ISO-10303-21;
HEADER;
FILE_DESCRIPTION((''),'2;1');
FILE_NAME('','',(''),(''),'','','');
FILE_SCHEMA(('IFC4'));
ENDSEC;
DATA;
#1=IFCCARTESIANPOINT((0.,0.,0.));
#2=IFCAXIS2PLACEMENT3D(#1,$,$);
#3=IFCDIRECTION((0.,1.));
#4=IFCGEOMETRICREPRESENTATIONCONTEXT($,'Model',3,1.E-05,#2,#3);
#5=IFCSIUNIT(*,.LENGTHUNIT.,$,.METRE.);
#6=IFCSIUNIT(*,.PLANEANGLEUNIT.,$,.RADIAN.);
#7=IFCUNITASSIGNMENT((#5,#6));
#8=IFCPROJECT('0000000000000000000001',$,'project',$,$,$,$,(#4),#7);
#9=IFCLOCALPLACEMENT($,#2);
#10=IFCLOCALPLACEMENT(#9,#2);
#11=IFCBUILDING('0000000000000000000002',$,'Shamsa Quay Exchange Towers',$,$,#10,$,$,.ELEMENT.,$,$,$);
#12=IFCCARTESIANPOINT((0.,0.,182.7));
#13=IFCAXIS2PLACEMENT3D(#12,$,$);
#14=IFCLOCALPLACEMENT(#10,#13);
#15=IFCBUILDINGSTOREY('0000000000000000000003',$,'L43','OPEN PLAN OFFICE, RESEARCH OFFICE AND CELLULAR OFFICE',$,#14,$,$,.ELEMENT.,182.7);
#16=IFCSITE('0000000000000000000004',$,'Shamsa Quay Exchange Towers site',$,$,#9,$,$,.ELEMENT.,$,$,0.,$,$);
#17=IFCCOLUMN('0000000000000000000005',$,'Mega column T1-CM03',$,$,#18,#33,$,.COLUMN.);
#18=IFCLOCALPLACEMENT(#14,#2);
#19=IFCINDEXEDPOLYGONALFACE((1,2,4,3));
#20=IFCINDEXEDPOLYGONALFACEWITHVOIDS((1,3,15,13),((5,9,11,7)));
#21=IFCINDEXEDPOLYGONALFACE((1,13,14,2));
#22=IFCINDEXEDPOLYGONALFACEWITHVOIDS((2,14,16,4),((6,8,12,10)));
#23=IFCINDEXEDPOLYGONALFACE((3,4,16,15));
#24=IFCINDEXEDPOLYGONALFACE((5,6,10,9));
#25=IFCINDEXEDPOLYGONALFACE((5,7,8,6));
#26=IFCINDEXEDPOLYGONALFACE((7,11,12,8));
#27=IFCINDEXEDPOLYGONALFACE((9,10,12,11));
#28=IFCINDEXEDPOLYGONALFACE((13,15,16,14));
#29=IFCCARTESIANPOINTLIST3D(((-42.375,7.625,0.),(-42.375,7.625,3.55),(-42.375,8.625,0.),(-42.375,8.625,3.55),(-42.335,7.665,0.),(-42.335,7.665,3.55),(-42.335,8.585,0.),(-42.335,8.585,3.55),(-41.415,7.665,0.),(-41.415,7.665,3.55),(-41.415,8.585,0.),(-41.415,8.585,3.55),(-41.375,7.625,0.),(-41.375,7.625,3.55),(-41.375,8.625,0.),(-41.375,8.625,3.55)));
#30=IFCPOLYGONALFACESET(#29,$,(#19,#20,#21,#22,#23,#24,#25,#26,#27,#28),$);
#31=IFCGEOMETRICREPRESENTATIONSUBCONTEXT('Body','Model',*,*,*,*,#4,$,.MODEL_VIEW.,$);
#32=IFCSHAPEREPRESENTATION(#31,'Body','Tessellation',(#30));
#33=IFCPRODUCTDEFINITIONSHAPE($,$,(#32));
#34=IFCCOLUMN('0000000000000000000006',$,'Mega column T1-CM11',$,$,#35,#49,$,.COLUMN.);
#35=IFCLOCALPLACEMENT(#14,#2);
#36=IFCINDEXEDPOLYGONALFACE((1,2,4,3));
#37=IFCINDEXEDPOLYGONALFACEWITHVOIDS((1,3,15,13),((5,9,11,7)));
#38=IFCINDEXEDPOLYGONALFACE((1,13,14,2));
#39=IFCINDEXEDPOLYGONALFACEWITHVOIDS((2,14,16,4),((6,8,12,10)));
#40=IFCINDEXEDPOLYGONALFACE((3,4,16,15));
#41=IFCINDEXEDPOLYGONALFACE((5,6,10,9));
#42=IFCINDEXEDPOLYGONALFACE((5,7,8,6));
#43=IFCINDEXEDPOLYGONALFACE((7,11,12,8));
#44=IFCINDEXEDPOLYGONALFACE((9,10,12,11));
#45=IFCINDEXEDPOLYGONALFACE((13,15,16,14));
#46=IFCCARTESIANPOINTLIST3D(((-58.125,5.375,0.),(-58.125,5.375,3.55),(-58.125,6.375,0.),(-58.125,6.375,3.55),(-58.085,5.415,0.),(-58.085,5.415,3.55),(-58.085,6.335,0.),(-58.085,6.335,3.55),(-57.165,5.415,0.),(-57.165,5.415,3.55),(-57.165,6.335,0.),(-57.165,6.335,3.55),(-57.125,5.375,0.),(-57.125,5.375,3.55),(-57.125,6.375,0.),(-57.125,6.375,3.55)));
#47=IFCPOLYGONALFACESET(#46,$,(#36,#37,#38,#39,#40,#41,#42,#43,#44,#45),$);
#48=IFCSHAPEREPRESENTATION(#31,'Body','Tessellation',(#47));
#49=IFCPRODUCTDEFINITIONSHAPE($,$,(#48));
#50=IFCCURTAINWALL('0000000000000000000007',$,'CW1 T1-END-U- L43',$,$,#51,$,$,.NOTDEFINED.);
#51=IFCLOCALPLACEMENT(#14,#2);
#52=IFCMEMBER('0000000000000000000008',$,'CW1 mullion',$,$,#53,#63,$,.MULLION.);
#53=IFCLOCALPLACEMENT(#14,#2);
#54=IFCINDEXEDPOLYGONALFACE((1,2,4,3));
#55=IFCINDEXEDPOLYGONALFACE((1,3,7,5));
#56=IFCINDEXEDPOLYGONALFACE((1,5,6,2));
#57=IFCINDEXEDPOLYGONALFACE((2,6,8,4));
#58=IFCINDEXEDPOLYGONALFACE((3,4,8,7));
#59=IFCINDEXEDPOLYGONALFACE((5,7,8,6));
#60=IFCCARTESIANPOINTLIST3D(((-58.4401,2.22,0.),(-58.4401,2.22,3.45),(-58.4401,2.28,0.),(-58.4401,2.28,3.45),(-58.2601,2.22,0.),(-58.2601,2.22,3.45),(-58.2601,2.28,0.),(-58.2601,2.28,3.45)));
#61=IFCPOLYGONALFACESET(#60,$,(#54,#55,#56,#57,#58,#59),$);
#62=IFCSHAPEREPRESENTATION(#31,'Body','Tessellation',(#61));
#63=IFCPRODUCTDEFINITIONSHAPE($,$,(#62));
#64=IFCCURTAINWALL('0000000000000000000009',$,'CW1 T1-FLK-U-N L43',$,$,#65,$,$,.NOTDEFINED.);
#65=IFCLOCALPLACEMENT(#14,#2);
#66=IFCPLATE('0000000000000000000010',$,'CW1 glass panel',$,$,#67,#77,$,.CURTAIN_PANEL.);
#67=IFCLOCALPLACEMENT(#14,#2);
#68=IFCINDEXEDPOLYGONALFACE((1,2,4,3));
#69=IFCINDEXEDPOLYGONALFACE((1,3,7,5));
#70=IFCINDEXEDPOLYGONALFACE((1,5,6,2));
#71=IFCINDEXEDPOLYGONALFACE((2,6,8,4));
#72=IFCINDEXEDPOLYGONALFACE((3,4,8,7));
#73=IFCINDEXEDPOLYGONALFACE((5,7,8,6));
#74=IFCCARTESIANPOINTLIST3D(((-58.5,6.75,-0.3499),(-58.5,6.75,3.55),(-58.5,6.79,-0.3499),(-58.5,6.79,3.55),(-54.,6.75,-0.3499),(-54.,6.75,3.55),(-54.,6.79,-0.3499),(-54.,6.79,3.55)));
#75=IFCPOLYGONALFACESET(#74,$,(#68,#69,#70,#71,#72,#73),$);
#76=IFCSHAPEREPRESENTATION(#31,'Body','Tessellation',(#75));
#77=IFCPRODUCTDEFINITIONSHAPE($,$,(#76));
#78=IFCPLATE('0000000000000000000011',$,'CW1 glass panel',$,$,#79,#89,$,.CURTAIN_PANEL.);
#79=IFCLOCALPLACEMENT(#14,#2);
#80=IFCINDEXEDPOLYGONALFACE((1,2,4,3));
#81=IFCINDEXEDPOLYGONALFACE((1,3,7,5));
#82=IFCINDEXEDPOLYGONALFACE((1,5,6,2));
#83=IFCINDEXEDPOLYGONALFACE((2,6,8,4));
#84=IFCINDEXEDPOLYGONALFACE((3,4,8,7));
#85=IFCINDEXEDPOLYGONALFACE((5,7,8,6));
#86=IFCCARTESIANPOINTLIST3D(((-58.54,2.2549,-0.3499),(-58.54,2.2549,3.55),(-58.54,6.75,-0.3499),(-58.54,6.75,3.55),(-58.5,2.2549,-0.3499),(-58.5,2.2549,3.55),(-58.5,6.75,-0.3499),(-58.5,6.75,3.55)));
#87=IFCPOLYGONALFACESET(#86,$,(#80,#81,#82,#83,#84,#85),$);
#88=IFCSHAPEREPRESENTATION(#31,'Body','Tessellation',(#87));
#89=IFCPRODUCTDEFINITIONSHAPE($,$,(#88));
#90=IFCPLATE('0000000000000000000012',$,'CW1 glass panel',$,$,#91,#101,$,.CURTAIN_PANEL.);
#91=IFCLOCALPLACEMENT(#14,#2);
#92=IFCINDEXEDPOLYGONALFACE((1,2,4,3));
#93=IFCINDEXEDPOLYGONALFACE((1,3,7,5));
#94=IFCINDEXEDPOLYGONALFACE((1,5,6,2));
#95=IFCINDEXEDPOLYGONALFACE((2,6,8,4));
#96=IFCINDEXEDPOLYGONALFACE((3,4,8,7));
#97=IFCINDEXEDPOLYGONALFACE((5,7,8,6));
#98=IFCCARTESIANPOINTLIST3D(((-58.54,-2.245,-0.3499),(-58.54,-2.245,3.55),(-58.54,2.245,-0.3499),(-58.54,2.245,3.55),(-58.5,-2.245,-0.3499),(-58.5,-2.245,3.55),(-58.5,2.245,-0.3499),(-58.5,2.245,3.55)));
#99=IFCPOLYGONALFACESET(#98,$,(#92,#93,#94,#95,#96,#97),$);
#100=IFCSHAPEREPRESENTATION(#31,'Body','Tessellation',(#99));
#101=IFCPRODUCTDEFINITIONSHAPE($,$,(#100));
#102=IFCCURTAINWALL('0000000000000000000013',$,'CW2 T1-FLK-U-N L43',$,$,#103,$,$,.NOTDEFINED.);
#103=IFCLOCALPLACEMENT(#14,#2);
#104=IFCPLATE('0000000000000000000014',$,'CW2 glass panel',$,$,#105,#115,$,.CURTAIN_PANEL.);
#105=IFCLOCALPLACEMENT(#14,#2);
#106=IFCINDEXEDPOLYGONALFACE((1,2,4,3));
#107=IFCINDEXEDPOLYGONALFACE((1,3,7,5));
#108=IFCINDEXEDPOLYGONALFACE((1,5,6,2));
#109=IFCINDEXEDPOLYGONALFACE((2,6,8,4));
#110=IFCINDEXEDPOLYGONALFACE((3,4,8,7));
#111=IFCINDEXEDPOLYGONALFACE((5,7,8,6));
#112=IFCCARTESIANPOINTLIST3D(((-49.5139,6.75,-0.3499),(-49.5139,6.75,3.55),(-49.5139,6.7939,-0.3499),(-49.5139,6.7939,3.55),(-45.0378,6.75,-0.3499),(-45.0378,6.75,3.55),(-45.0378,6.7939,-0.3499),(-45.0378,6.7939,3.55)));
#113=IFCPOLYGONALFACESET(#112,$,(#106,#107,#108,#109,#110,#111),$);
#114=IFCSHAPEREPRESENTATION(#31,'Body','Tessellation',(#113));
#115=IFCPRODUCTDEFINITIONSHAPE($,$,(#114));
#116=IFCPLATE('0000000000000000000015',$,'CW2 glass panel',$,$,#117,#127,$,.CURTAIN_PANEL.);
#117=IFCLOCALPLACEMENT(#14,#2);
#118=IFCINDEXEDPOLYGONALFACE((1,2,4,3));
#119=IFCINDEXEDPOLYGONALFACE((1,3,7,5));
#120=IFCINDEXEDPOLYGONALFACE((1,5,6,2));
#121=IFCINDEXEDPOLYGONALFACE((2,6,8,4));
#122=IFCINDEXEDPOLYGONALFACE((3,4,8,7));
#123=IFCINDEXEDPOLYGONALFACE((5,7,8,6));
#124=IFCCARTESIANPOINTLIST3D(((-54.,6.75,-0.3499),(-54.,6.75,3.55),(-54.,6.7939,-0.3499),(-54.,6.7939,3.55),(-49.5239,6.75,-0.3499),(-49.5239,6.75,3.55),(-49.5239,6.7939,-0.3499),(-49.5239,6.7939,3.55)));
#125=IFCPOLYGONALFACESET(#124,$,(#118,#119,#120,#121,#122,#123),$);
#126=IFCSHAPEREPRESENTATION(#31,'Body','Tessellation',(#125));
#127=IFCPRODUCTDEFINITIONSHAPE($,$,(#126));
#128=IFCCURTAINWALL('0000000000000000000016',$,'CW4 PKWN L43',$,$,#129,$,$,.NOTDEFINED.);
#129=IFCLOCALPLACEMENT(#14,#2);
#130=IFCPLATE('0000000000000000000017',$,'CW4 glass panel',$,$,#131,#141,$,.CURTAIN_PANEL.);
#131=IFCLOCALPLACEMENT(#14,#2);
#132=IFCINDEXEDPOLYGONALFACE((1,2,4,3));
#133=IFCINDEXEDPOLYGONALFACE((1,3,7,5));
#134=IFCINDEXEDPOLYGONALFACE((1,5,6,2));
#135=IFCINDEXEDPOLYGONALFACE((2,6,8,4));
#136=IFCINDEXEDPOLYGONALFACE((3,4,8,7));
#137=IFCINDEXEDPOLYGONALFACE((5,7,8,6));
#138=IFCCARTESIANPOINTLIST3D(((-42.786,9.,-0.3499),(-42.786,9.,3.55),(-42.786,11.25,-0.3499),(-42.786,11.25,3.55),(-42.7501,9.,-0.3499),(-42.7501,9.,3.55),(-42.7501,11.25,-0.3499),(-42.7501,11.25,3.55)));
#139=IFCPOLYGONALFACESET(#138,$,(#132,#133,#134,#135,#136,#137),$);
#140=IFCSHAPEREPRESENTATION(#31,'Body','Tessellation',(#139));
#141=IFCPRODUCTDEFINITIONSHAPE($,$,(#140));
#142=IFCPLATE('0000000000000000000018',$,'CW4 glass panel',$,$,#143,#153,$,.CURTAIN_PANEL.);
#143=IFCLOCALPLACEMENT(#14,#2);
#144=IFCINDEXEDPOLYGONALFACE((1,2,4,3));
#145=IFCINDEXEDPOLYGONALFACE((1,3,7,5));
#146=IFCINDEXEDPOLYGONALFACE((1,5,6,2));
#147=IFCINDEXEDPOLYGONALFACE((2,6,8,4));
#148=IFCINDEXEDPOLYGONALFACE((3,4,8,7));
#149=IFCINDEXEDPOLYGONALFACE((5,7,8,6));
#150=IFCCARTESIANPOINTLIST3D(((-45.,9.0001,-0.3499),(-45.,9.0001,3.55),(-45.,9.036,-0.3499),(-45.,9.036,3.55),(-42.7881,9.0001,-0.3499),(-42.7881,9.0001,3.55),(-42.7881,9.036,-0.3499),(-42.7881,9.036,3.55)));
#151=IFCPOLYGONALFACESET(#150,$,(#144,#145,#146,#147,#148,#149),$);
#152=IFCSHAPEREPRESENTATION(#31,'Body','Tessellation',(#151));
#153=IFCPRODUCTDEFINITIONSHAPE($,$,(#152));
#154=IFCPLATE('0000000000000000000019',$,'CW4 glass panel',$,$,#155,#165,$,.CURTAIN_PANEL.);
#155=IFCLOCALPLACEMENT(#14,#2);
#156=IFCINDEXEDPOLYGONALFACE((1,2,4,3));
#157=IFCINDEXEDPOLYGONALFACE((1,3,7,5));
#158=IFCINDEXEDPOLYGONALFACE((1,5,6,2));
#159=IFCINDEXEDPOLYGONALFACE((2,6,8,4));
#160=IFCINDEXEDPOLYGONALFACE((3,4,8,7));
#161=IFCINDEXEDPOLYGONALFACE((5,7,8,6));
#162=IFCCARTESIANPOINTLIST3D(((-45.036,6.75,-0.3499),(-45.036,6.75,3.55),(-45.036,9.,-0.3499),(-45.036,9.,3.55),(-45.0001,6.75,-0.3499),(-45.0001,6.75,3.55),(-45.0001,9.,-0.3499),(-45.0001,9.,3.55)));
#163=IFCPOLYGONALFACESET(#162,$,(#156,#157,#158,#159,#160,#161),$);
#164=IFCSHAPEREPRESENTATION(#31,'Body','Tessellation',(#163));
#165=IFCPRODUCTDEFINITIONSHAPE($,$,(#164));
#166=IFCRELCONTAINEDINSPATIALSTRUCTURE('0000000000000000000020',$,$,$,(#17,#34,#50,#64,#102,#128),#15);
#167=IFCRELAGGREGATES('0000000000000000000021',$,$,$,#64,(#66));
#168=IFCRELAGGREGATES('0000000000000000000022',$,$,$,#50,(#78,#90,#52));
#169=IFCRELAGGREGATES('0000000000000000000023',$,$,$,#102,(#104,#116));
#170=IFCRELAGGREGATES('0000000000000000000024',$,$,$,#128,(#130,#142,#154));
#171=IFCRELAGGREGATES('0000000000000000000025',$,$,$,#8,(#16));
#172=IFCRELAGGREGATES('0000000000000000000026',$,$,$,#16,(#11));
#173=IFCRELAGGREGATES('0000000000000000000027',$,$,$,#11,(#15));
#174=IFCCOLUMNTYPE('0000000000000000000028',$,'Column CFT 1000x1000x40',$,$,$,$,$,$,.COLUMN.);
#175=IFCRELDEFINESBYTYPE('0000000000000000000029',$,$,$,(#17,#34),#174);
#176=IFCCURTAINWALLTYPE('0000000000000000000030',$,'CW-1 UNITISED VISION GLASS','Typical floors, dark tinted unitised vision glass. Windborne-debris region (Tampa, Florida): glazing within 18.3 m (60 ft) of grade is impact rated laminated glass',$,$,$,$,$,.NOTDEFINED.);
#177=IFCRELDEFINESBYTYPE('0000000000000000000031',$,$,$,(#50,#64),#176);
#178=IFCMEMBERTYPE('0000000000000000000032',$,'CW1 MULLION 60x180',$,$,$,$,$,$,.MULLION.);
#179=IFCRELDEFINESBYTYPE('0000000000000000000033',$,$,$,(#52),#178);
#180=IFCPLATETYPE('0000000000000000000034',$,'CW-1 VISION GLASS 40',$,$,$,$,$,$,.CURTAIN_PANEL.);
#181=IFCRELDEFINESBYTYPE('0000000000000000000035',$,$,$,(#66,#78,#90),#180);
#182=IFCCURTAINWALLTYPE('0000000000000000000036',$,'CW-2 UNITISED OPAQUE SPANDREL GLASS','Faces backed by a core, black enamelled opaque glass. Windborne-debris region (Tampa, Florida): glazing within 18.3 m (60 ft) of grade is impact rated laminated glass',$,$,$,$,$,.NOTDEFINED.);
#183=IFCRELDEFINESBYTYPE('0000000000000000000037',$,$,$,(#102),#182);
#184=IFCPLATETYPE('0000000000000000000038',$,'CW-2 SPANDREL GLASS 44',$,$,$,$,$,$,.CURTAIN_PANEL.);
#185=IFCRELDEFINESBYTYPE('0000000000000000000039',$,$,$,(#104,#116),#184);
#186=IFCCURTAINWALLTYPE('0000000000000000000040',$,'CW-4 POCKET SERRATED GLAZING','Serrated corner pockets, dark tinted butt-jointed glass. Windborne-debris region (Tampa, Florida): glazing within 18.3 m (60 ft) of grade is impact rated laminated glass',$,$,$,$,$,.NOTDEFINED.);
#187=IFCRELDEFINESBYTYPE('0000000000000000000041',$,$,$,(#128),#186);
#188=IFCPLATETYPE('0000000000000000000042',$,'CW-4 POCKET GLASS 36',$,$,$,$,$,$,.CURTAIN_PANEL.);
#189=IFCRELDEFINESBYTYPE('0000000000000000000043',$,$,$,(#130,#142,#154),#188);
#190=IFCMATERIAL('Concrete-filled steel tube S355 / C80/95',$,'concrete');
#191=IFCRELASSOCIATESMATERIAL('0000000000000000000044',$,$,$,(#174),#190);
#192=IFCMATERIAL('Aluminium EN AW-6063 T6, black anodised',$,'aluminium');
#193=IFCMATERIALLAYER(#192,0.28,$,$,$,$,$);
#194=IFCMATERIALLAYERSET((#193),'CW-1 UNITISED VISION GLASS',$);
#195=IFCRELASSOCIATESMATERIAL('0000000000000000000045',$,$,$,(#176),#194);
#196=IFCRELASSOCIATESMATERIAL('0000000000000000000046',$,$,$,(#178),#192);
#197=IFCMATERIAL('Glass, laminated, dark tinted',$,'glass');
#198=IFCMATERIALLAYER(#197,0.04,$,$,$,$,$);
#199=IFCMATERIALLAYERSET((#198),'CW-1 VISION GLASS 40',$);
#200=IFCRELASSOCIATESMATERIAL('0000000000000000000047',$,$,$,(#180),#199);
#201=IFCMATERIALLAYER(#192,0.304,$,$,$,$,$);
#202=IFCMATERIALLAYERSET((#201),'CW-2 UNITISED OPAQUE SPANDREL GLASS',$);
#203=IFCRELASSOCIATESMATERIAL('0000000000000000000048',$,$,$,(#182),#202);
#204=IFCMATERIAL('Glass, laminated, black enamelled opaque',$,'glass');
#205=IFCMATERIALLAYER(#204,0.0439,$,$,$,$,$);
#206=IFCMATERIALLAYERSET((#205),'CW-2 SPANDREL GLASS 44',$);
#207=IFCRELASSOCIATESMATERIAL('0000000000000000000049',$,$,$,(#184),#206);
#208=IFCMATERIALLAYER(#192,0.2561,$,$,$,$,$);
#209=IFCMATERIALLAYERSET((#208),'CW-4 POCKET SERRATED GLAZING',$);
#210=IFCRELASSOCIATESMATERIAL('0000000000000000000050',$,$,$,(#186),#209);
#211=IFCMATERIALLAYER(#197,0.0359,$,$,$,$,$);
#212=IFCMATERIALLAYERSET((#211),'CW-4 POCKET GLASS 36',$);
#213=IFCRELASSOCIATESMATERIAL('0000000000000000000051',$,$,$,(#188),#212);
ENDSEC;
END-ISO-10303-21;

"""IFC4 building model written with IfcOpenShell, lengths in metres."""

from ifc_helpers import new_model, si_unit, direction, frame, origin, origin_2d, place, context, subcontext, project, spatial, rectangle, hollow_rectangle, extrude, material, layer, layer_set, material_profile, profile_set, type_object, element, aggregate, save


model = new_model("IFC4")

# Units and contexts
model_context = context("Model", 3, precision=1e-05, world=origin(), true_north=direction((0.0, 1.0)))
body_context = subcontext(model_context, "Body", "Model", "MODEL_VIEW")
ifc_project = project(units=[si_unit("LENGTHUNIT", "METRE"), si_unit("PLANEANGLEUNIT", "RADIAN")], contexts=[model_context])

# Site, building, storey
site_placement = place(None, origin())
site = spatial("IfcSite", under=ifc_project, at=site_placement, Name="Shamsa Quay Exchange Towers site", CompositionType="ELEMENT", RefElevation=0.0)
building_placement = place(site_placement, origin())
building = spatial("IfcBuilding", under=site, at=building_placement, Name="Shamsa Quay Exchange Towers", CompositionType="ELEMENT")
storey_placement = place(building_placement, frame((0.0, 0.0, 182.7)))
storey = spatial("IfcBuildingStorey", under=building, at=storey_placement, Name="L43", Description="OPEN PLAN OFFICE, RESEARCH OFFICE AND CELLULAR OFFICE", CompositionType="ELEMENT", Elevation=182.7)

# Columns
ifc_material_1 = material(Name="Concrete-filled steel tube S355 / C80/95", Category="concrete")
ifc_material_profile_1 = material_profile(ifc_material_1, hollow_rectangle(XDim=1.0, YDim=1.0, WallThickness=0.04, at=origin_2d()), Name="CFT 1000x1000x40")
ifc_profile_set_1 = profile_set([ifc_material_profile_1], Name="Concrete-filled steel tube S355 / C80/95")
column_type = type_object("IfcColumnType", Name="Column CFT 1000x1000x40", PredefinedType="COLUMN", material=ifc_profile_set_1)
for number, where, name in (
    (1, (-41.875, 8.125, 0.0), "Mega column T1-CM03"),
    (2, (-57.625, 5.875, 0.0), "Mega column T1-CM11"),
):
    element("IfcColumn", number, at=place(storey_placement, frame(where)), inside=storey, type_object=column_type, Name=name, PredefinedType="COLUMN", context=body_context, shape_type="SweptSolid", body=[
        extrude(hollow_rectangle(XDim=1.0, YDim=1.0, WallThickness=0.04, at=origin_2d()), origin(), (0.0, 0.0, 1.0), 3.55),
    ])

# Curtain wall, member
ifc_material_2 = material(Name="Aluminium EN AW-6063 T6, black anodised", Category="aluminium")
ifc_layer_1 = layer(ifc_material_2, 0.28)
ifc_layer_set_1 = layer_set([ifc_layer_1], Name="CW-1 UNITISED VISION GLASS")
curtain_wall_type_1 = type_object("IfcCurtainWallType", Name="CW-1 UNITISED VISION GLASS", Description="Typical floors, dark tinted unitised vision glass. Windborne-debris region (Tampa, Florida): glazing within 18.3 m (60 ft) of grade is impact rated laminated glass", PredefinedType="NOTDEFINED", material=ifc_layer_set_1)
curtain_wall_1_placement = place(storey_placement, origin())
curtain_wall_1 = element("IfcCurtainWall", 3, at=curtain_wall_1_placement, inside=storey, type_object=curtain_wall_type_1, Name="CW1 T1-END-U- L43", PredefinedType="NOTDEFINED")
ifc_material_profile_2 = material_profile(ifc_material_2, rectangle(XDim=0.1799, YDim=0.0601, at=origin_2d()), Name="MU60x180")
ifc_profile_set_2 = profile_set([ifc_material_profile_2], Name="Aluminium EN AW-6063 T6, black anodised")
member_type = type_object("IfcMemberType", Name="CW1 MULLION 60x180", PredefinedType="MULLION", material=ifc_profile_set_2)
member_placement = place(storey_placement, frame((-58.3501, 2.25, 0.0)))
member = element("IfcMember", 4, at=member_placement, type_object=member_type, Name="CW1 mullion", PredefinedType="MULLION", context=body_context, shape_type="SweptSolid", body=[
    extrude(rectangle(XDim=0.1799, YDim=0.0601, at=origin_2d()), origin(), (0.0, 0.0, 1.0), 3.45),
])

# Curtain wall, plate
curtain_wall_2_placement = place(storey_placement, origin())
curtain_wall_2 = element("IfcCurtainWall", 5, at=curtain_wall_2_placement, inside=storey, type_object=curtain_wall_type_1, Name="CW1 T1-FLK-U-N L43", PredefinedType="NOTDEFINED")
ifc_material_3 = material(Name="Glass, laminated, dark tinted", Category="glass")
ifc_layer_2 = layer(ifc_material_3, 0.04)
ifc_layer_set_2 = layer_set([ifc_layer_2], Name="CW-1 VISION GLASS 40")
plate_type_1 = type_object("IfcPlateType", Name="CW-1 VISION GLASS 40", PredefinedType="CURTAIN_PANEL", material=ifc_layer_set_2)
plate_1_placement = place(storey_placement, frame((-56.25, 6.77, -0.3499), z_axis=(0.0, 0.0, 1.0), x_axis=(-1.0, 0.0, 0.0)))
plate_1 = element("IfcPlate", 6, at=plate_1_placement, type_object=plate_type_1, Name="CW1 glass panel", PredefinedType="CURTAIN_PANEL", context=body_context, shape_type="SweptSolid", body=[
    extrude(rectangle(XDim=4.5, YDim=0.04, at=origin_2d()), origin(), (0.0, 0.0, 1.0), 3.8999),
])
aggregate(curtain_wall_2, [plate_1])

# Plates
plate_2_placement = place(storey_placement, frame((-58.52, 4.5024, -0.3499), z_axis=(0.0, 0.0, 1.0), x_axis=(0.0, -1.0, 0.0)))
plate_2 = element("IfcPlate", 7, at=plate_2_placement, type_object=plate_type_1, Name="CW1 glass panel", PredefinedType="CURTAIN_PANEL", context=body_context, shape_type="SweptSolid", body=[
    extrude(rectangle(XDim=4.4951, YDim=0.04, at=origin_2d()), origin(), (0.0, 0.0, 1.0), 3.8999),
])
plate_3_placement = place(storey_placement, frame((-58.52, 0.0, -0.3499), z_axis=(0.0, 0.0, 1.0), x_axis=(0.0, -1.0, 0.0)))
plate_3 = element("IfcPlate", 8, at=plate_3_placement, type_object=plate_type_1, Name="CW1 glass panel", PredefinedType="CURTAIN_PANEL", context=body_context, shape_type="SweptSolid", body=[
    extrude(rectangle(XDim=4.49, YDim=0.04, at=origin_2d()), origin(), (0.0, 0.0, 1.0), 3.8999),
])
aggregate(curtain_wall_1, [plate_2, plate_3, member])

# Curtain walls, plates
ifc_layer_3 = layer(ifc_material_2, 0.304)
ifc_layer_set_3 = layer_set([ifc_layer_3], Name="CW-2 UNITISED OPAQUE SPANDREL GLASS")
curtain_wall_type_2 = type_object("IfcCurtainWallType", Name="CW-2 UNITISED OPAQUE SPANDREL GLASS", Description="Faces backed by a core, black enamelled opaque glass. Windborne-debris region (Tampa, Florida): glazing within 18.3 m (60 ft) of grade is impact rated laminated glass", PredefinedType="NOTDEFINED", material=ifc_layer_set_3)
curtain_wall_3_placement = place(storey_placement, origin())
curtain_wall_3 = element("IfcCurtainWall", 9, at=curtain_wall_3_placement, inside=storey, type_object=curtain_wall_type_2, Name="CW2 T1-FLK-U-N L43", PredefinedType="NOTDEFINED")
ifc_material_4 = material(Name="Glass, laminated, black enamelled opaque", Category="glass")
ifc_layer_4 = layer(ifc_material_4, 0.0439)
ifc_layer_set_4 = layer_set([ifc_layer_4], Name="CW-2 SPANDREL GLASS 44")
plate_type_2 = type_object("IfcPlateType", Name="CW-2 SPANDREL GLASS 44", PredefinedType="CURTAIN_PANEL", material=ifc_layer_set_4)
plate_4_placement = place(storey_placement, frame((-47.2759, 6.772, -0.3499), z_axis=(0.0, 0.0, 1.0), x_axis=(-1.0, 0.0, 0.0)))
plate_4 = element("IfcPlate", 10, at=plate_4_placement, type_object=plate_type_2, Name="CW2 glass panel", PredefinedType="CURTAIN_PANEL", context=body_context, shape_type="SweptSolid", body=[
    extrude(rectangle(XDim=4.4761, YDim=0.0439, at=origin_2d()), origin(), (0.0, 0.0, 1.0), 3.8999),
])
plate_5_placement = place(storey_placement, frame((-51.762, 6.772, -0.3499), z_axis=(0.0, 0.0, 1.0), x_axis=(-1.0, 0.0, 0.0)))
plate_5 = element("IfcPlate", 11, at=plate_5_placement, type_object=plate_type_2, Name="CW2 glass panel", PredefinedType="CURTAIN_PANEL", context=body_context, shape_type="SweptSolid", body=[
    extrude(rectangle(XDim=4.4761, YDim=0.0439, at=origin_2d()), origin(), (0.0, 0.0, 1.0), 3.8999),
])
aggregate(curtain_wall_3, [plate_4, plate_5])
ifc_layer_5 = layer(ifc_material_2, 0.2561)
ifc_layer_set_5 = layer_set([ifc_layer_5], Name="CW-4 POCKET SERRATED GLAZING")
curtain_wall_type_3 = type_object("IfcCurtainWallType", Name="CW-4 POCKET SERRATED GLAZING", Description="Serrated corner pockets, dark tinted butt-jointed glass. Windborne-debris region (Tampa, Florida): glazing within 18.3 m (60 ft) of grade is impact rated laminated glass", PredefinedType="NOTDEFINED", material=ifc_layer_set_5)
curtain_wall_4_placement = place(storey_placement, origin())
curtain_wall_4 = element("IfcCurtainWall", 12, at=curtain_wall_4_placement, inside=storey, type_object=curtain_wall_type_3, Name="CW4 PKWN L43", PredefinedType="NOTDEFINED")
ifc_layer_6 = layer(ifc_material_3, 0.0359)
ifc_layer_set_6 = layer_set([ifc_layer_6], Name="CW-4 POCKET GLASS 36")
plate_type_3 = type_object("IfcPlateType", Name="CW-4 POCKET GLASS 36", PredefinedType="CURTAIN_PANEL", material=ifc_layer_set_6)
plate_6_placement = place(storey_placement, frame((-42.7681, 10.125, -0.3499), z_axis=(0.0, 0.0, 1.0), x_axis=(0.0, -1.0, 0.0)))
plate_6 = element("IfcPlate", 13, at=plate_6_placement, type_object=plate_type_3, Name="CW4 glass panel", PredefinedType="CURTAIN_PANEL", context=body_context, shape_type="SweptSolid", body=[
    extrude(rectangle(XDim=2.25, YDim=0.0359, at=origin_2d()), origin(), (0.0, 0.0, 1.0), 3.8999),
])
plate_7_placement = place(storey_placement, frame((-43.894, 9.0181, -0.3499), z_axis=(0.0, 0.0, 1.0), x_axis=(-1.0, 0.0, 0.0)))
plate_7 = element("IfcPlate", 14, at=plate_7_placement, type_object=plate_type_3, Name="CW4 glass panel", PredefinedType="CURTAIN_PANEL", context=body_context, shape_type="SweptSolid", body=[
    extrude(rectangle(XDim=2.2119, YDim=0.0359, at=origin_2d()), origin(), (0.0, 0.0, 1.0), 3.8999),
])
plate_8_placement = place(storey_placement, frame((-45.0181, 7.875, -0.3499), z_axis=(0.0, 0.0, 1.0), x_axis=(0.0, -1.0, 0.0)))
plate_8 = element("IfcPlate", 15, at=plate_8_placement, type_object=plate_type_3, Name="CW4 glass panel", PredefinedType="CURTAIN_PANEL", context=body_context, shape_type="SweptSolid", body=[
    extrude(rectangle(XDim=2.25, YDim=0.0359, at=origin_2d()), origin(), (0.0, 0.0, 1.0), 3.8999),
])
aggregate(curtain_wall_4, [plate_6, plate_7, plate_8])

save(model, "model.ifc")
